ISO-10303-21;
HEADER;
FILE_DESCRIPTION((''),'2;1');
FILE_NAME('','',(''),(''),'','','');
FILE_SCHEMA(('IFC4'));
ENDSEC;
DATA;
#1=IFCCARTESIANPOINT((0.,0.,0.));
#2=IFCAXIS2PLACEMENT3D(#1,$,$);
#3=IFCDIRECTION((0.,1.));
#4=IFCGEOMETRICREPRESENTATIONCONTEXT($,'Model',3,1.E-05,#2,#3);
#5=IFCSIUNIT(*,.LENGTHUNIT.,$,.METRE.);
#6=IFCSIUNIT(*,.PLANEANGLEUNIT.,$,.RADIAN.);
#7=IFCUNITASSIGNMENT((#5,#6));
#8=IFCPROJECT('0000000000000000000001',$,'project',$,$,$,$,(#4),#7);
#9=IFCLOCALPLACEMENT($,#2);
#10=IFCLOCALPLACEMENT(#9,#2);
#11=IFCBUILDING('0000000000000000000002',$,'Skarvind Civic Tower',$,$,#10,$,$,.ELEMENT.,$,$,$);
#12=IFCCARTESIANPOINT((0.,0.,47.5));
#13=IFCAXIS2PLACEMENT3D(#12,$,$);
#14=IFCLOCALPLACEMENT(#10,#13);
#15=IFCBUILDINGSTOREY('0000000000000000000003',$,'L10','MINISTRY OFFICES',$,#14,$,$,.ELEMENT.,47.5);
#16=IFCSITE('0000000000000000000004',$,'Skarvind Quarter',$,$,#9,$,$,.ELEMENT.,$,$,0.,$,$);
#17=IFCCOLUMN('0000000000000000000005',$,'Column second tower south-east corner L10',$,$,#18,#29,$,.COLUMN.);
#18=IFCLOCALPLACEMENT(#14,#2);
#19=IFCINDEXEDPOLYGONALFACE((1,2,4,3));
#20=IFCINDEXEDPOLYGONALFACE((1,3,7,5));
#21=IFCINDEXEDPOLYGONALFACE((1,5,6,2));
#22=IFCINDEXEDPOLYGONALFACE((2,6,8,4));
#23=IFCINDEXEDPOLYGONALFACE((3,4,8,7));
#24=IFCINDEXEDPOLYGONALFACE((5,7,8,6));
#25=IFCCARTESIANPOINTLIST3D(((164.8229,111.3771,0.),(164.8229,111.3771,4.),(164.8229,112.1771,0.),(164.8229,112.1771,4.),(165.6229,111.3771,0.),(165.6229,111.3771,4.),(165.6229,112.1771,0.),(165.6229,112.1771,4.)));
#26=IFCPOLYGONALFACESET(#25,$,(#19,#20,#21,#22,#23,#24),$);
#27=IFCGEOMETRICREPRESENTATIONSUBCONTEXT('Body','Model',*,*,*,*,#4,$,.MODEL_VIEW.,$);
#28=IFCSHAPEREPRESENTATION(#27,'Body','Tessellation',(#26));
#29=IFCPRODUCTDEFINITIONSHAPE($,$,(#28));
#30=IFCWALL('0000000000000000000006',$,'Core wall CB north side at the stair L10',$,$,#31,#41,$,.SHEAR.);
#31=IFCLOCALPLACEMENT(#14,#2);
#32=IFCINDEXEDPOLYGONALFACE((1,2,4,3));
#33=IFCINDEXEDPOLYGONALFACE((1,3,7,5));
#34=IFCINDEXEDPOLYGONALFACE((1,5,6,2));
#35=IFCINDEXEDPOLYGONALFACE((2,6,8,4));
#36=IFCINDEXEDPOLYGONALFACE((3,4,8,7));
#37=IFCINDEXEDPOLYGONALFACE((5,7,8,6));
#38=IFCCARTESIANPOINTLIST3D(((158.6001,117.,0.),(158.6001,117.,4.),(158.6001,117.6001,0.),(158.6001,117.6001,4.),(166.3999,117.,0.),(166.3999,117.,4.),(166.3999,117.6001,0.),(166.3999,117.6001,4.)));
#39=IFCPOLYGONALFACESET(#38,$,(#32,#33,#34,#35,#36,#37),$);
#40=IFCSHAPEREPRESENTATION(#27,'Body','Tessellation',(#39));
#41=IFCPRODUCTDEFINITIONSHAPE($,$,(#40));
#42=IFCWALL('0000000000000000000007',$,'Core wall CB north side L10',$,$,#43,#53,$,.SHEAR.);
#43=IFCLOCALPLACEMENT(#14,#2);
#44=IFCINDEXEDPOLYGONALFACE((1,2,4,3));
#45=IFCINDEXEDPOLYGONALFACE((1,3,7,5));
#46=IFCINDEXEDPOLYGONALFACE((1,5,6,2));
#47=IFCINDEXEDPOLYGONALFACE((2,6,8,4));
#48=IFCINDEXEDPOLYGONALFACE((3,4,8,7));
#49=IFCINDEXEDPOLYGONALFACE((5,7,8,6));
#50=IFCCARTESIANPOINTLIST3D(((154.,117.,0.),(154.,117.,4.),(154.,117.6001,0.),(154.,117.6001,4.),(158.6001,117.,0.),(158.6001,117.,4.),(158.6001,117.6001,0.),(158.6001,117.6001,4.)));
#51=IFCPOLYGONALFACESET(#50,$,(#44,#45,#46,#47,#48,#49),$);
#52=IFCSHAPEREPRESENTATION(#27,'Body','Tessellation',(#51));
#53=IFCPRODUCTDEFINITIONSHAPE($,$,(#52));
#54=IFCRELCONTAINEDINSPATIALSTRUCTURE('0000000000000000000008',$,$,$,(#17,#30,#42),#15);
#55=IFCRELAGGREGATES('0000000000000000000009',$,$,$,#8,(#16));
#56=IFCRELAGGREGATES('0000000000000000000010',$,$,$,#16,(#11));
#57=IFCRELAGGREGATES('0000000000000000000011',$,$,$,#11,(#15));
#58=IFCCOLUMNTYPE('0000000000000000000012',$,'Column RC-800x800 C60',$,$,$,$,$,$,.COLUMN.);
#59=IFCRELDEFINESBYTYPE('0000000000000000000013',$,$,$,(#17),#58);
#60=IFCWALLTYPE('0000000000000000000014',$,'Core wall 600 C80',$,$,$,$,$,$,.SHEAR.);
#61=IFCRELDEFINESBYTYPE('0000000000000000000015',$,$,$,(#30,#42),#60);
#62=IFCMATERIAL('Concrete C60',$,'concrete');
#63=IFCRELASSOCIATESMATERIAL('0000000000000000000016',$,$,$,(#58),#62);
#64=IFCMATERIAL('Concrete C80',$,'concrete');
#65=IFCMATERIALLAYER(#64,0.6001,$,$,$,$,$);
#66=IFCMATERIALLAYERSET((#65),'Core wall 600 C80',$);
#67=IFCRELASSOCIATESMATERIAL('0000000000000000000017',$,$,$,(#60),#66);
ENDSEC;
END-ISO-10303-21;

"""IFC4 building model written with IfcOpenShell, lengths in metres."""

from ifc_helpers import new_model, si_unit, direction, frame, frame_2d, origin, origin_2d, place, context, subcontext, project, spatial, rectangle, extrude, material, layer, layer_set, material_profile, profile_set, type_object, element, save


model = new_model("IFC4")

# Units and contexts
model_context = context("Model", 3, precision=1e-05, world=origin(), true_north=direction((0.0, 1.0)))
body_context = subcontext(model_context, "Body", "Model", "MODEL_VIEW")
ifc_project = project(units=[si_unit("LENGTHUNIT", "METRE"), si_unit("PLANEANGLEUNIT", "RADIAN")], contexts=[model_context])

# Site, building, storey
site_placement = place(None, origin())
site = spatial("IfcSite", under=ifc_project, at=site_placement, Name="Skarvind Quarter", CompositionType="ELEMENT", RefElevation=0.0)
building_placement = place(site_placement, origin())
building = spatial("IfcBuilding", under=site, at=building_placement, Name="Skarvind Civic Tower", CompositionType="ELEMENT")
storey_placement = place(building_placement, frame((0.0, 0.0, 47.5)))
storey = spatial("IfcBuildingStorey", under=building, at=storey_placement, Name="L10", Description="MINISTRY OFFICES", CompositionType="ELEMENT", Elevation=47.5)

# Column
ifc_material_1 = material(Name="Concrete C60", Category="concrete")
ifc_material_profile = material_profile(ifc_material_1, rectangle(XDim=0.8, YDim=0.8, at=origin_2d()), Name="RC-800x800")
ifc_profile_set = profile_set([ifc_material_profile], Name="Concrete C60")
column_type = type_object("IfcColumnType", Name="Column RC-800x800 C60", PredefinedType="COLUMN", material=ifc_profile_set)
column_placement = place(storey_placement, frame((165.2229, 111.7771, 0.0), z_axis=(0.0, 0.0, 1.0), x_axis=(1.0, 0.0, 0.0)))
element("IfcColumn", 1, at=column_placement, inside=storey, type_object=column_type, Name="Column second tower south-east corner L10", PredefinedType="COLUMN", context=body_context, shape_type="SweptSolid", body=[
    extrude(rectangle(XDim=0.8, YDim=0.8, at=origin_2d()), origin(), (0.0, 0.0, 1.0), 4.0),
])

# Walls
ifc_material_2 = material(Name="Concrete C80", Category="concrete")
ifc_layer_1 = layer(ifc_material_2, 0.6001)
ifc_layer_set_1 = layer_set([ifc_layer_1], Name="Core wall 600 C80")
wall_type_1 = type_object("IfcWallType", Name="Core wall 600 C80", PredefinedType="SHEAR", material=ifc_layer_set_1)
wall_1_placement = place(storey_placement, frame((166.3999, 117.3, 0.0), z_axis=(0.0, 0.0, 1.0), x_axis=(-1.0, 0.0, 0.0)))
element("IfcWall", 2, at=wall_1_placement, inside=storey, type_object=wall_type_1, Name="Core wall CB north side at the stair L10", PredefinedType="SHEAR", context=body_context, shape_type="SweptSolid", body=[
    extrude(rectangle(XDim=7.7998, YDim=0.6001, at=frame_2d((3.8999, 0.0))), origin(), (0.0, 0.0, 1.0), 4.0),
])
wall_2_placement = place(storey_placement, frame((158.6001, 117.3, 0.0), z_axis=(0.0, 0.0, 1.0), x_axis=(-1.0, 0.0, 0.0)))
element("IfcWall", 3, at=wall_2_placement, inside=storey, type_object=wall_type_1, Name="Core wall CB north side L10", PredefinedType="SHEAR", context=body_context, shape_type="SweptSolid", body=[
    extrude(rectangle(XDim=4.6001, YDim=0.6001, at=frame_2d((2.3, 0.0))), origin(), (0.0, 0.0, 1.0), 4.0),
])

save(model, "model.ifc")
